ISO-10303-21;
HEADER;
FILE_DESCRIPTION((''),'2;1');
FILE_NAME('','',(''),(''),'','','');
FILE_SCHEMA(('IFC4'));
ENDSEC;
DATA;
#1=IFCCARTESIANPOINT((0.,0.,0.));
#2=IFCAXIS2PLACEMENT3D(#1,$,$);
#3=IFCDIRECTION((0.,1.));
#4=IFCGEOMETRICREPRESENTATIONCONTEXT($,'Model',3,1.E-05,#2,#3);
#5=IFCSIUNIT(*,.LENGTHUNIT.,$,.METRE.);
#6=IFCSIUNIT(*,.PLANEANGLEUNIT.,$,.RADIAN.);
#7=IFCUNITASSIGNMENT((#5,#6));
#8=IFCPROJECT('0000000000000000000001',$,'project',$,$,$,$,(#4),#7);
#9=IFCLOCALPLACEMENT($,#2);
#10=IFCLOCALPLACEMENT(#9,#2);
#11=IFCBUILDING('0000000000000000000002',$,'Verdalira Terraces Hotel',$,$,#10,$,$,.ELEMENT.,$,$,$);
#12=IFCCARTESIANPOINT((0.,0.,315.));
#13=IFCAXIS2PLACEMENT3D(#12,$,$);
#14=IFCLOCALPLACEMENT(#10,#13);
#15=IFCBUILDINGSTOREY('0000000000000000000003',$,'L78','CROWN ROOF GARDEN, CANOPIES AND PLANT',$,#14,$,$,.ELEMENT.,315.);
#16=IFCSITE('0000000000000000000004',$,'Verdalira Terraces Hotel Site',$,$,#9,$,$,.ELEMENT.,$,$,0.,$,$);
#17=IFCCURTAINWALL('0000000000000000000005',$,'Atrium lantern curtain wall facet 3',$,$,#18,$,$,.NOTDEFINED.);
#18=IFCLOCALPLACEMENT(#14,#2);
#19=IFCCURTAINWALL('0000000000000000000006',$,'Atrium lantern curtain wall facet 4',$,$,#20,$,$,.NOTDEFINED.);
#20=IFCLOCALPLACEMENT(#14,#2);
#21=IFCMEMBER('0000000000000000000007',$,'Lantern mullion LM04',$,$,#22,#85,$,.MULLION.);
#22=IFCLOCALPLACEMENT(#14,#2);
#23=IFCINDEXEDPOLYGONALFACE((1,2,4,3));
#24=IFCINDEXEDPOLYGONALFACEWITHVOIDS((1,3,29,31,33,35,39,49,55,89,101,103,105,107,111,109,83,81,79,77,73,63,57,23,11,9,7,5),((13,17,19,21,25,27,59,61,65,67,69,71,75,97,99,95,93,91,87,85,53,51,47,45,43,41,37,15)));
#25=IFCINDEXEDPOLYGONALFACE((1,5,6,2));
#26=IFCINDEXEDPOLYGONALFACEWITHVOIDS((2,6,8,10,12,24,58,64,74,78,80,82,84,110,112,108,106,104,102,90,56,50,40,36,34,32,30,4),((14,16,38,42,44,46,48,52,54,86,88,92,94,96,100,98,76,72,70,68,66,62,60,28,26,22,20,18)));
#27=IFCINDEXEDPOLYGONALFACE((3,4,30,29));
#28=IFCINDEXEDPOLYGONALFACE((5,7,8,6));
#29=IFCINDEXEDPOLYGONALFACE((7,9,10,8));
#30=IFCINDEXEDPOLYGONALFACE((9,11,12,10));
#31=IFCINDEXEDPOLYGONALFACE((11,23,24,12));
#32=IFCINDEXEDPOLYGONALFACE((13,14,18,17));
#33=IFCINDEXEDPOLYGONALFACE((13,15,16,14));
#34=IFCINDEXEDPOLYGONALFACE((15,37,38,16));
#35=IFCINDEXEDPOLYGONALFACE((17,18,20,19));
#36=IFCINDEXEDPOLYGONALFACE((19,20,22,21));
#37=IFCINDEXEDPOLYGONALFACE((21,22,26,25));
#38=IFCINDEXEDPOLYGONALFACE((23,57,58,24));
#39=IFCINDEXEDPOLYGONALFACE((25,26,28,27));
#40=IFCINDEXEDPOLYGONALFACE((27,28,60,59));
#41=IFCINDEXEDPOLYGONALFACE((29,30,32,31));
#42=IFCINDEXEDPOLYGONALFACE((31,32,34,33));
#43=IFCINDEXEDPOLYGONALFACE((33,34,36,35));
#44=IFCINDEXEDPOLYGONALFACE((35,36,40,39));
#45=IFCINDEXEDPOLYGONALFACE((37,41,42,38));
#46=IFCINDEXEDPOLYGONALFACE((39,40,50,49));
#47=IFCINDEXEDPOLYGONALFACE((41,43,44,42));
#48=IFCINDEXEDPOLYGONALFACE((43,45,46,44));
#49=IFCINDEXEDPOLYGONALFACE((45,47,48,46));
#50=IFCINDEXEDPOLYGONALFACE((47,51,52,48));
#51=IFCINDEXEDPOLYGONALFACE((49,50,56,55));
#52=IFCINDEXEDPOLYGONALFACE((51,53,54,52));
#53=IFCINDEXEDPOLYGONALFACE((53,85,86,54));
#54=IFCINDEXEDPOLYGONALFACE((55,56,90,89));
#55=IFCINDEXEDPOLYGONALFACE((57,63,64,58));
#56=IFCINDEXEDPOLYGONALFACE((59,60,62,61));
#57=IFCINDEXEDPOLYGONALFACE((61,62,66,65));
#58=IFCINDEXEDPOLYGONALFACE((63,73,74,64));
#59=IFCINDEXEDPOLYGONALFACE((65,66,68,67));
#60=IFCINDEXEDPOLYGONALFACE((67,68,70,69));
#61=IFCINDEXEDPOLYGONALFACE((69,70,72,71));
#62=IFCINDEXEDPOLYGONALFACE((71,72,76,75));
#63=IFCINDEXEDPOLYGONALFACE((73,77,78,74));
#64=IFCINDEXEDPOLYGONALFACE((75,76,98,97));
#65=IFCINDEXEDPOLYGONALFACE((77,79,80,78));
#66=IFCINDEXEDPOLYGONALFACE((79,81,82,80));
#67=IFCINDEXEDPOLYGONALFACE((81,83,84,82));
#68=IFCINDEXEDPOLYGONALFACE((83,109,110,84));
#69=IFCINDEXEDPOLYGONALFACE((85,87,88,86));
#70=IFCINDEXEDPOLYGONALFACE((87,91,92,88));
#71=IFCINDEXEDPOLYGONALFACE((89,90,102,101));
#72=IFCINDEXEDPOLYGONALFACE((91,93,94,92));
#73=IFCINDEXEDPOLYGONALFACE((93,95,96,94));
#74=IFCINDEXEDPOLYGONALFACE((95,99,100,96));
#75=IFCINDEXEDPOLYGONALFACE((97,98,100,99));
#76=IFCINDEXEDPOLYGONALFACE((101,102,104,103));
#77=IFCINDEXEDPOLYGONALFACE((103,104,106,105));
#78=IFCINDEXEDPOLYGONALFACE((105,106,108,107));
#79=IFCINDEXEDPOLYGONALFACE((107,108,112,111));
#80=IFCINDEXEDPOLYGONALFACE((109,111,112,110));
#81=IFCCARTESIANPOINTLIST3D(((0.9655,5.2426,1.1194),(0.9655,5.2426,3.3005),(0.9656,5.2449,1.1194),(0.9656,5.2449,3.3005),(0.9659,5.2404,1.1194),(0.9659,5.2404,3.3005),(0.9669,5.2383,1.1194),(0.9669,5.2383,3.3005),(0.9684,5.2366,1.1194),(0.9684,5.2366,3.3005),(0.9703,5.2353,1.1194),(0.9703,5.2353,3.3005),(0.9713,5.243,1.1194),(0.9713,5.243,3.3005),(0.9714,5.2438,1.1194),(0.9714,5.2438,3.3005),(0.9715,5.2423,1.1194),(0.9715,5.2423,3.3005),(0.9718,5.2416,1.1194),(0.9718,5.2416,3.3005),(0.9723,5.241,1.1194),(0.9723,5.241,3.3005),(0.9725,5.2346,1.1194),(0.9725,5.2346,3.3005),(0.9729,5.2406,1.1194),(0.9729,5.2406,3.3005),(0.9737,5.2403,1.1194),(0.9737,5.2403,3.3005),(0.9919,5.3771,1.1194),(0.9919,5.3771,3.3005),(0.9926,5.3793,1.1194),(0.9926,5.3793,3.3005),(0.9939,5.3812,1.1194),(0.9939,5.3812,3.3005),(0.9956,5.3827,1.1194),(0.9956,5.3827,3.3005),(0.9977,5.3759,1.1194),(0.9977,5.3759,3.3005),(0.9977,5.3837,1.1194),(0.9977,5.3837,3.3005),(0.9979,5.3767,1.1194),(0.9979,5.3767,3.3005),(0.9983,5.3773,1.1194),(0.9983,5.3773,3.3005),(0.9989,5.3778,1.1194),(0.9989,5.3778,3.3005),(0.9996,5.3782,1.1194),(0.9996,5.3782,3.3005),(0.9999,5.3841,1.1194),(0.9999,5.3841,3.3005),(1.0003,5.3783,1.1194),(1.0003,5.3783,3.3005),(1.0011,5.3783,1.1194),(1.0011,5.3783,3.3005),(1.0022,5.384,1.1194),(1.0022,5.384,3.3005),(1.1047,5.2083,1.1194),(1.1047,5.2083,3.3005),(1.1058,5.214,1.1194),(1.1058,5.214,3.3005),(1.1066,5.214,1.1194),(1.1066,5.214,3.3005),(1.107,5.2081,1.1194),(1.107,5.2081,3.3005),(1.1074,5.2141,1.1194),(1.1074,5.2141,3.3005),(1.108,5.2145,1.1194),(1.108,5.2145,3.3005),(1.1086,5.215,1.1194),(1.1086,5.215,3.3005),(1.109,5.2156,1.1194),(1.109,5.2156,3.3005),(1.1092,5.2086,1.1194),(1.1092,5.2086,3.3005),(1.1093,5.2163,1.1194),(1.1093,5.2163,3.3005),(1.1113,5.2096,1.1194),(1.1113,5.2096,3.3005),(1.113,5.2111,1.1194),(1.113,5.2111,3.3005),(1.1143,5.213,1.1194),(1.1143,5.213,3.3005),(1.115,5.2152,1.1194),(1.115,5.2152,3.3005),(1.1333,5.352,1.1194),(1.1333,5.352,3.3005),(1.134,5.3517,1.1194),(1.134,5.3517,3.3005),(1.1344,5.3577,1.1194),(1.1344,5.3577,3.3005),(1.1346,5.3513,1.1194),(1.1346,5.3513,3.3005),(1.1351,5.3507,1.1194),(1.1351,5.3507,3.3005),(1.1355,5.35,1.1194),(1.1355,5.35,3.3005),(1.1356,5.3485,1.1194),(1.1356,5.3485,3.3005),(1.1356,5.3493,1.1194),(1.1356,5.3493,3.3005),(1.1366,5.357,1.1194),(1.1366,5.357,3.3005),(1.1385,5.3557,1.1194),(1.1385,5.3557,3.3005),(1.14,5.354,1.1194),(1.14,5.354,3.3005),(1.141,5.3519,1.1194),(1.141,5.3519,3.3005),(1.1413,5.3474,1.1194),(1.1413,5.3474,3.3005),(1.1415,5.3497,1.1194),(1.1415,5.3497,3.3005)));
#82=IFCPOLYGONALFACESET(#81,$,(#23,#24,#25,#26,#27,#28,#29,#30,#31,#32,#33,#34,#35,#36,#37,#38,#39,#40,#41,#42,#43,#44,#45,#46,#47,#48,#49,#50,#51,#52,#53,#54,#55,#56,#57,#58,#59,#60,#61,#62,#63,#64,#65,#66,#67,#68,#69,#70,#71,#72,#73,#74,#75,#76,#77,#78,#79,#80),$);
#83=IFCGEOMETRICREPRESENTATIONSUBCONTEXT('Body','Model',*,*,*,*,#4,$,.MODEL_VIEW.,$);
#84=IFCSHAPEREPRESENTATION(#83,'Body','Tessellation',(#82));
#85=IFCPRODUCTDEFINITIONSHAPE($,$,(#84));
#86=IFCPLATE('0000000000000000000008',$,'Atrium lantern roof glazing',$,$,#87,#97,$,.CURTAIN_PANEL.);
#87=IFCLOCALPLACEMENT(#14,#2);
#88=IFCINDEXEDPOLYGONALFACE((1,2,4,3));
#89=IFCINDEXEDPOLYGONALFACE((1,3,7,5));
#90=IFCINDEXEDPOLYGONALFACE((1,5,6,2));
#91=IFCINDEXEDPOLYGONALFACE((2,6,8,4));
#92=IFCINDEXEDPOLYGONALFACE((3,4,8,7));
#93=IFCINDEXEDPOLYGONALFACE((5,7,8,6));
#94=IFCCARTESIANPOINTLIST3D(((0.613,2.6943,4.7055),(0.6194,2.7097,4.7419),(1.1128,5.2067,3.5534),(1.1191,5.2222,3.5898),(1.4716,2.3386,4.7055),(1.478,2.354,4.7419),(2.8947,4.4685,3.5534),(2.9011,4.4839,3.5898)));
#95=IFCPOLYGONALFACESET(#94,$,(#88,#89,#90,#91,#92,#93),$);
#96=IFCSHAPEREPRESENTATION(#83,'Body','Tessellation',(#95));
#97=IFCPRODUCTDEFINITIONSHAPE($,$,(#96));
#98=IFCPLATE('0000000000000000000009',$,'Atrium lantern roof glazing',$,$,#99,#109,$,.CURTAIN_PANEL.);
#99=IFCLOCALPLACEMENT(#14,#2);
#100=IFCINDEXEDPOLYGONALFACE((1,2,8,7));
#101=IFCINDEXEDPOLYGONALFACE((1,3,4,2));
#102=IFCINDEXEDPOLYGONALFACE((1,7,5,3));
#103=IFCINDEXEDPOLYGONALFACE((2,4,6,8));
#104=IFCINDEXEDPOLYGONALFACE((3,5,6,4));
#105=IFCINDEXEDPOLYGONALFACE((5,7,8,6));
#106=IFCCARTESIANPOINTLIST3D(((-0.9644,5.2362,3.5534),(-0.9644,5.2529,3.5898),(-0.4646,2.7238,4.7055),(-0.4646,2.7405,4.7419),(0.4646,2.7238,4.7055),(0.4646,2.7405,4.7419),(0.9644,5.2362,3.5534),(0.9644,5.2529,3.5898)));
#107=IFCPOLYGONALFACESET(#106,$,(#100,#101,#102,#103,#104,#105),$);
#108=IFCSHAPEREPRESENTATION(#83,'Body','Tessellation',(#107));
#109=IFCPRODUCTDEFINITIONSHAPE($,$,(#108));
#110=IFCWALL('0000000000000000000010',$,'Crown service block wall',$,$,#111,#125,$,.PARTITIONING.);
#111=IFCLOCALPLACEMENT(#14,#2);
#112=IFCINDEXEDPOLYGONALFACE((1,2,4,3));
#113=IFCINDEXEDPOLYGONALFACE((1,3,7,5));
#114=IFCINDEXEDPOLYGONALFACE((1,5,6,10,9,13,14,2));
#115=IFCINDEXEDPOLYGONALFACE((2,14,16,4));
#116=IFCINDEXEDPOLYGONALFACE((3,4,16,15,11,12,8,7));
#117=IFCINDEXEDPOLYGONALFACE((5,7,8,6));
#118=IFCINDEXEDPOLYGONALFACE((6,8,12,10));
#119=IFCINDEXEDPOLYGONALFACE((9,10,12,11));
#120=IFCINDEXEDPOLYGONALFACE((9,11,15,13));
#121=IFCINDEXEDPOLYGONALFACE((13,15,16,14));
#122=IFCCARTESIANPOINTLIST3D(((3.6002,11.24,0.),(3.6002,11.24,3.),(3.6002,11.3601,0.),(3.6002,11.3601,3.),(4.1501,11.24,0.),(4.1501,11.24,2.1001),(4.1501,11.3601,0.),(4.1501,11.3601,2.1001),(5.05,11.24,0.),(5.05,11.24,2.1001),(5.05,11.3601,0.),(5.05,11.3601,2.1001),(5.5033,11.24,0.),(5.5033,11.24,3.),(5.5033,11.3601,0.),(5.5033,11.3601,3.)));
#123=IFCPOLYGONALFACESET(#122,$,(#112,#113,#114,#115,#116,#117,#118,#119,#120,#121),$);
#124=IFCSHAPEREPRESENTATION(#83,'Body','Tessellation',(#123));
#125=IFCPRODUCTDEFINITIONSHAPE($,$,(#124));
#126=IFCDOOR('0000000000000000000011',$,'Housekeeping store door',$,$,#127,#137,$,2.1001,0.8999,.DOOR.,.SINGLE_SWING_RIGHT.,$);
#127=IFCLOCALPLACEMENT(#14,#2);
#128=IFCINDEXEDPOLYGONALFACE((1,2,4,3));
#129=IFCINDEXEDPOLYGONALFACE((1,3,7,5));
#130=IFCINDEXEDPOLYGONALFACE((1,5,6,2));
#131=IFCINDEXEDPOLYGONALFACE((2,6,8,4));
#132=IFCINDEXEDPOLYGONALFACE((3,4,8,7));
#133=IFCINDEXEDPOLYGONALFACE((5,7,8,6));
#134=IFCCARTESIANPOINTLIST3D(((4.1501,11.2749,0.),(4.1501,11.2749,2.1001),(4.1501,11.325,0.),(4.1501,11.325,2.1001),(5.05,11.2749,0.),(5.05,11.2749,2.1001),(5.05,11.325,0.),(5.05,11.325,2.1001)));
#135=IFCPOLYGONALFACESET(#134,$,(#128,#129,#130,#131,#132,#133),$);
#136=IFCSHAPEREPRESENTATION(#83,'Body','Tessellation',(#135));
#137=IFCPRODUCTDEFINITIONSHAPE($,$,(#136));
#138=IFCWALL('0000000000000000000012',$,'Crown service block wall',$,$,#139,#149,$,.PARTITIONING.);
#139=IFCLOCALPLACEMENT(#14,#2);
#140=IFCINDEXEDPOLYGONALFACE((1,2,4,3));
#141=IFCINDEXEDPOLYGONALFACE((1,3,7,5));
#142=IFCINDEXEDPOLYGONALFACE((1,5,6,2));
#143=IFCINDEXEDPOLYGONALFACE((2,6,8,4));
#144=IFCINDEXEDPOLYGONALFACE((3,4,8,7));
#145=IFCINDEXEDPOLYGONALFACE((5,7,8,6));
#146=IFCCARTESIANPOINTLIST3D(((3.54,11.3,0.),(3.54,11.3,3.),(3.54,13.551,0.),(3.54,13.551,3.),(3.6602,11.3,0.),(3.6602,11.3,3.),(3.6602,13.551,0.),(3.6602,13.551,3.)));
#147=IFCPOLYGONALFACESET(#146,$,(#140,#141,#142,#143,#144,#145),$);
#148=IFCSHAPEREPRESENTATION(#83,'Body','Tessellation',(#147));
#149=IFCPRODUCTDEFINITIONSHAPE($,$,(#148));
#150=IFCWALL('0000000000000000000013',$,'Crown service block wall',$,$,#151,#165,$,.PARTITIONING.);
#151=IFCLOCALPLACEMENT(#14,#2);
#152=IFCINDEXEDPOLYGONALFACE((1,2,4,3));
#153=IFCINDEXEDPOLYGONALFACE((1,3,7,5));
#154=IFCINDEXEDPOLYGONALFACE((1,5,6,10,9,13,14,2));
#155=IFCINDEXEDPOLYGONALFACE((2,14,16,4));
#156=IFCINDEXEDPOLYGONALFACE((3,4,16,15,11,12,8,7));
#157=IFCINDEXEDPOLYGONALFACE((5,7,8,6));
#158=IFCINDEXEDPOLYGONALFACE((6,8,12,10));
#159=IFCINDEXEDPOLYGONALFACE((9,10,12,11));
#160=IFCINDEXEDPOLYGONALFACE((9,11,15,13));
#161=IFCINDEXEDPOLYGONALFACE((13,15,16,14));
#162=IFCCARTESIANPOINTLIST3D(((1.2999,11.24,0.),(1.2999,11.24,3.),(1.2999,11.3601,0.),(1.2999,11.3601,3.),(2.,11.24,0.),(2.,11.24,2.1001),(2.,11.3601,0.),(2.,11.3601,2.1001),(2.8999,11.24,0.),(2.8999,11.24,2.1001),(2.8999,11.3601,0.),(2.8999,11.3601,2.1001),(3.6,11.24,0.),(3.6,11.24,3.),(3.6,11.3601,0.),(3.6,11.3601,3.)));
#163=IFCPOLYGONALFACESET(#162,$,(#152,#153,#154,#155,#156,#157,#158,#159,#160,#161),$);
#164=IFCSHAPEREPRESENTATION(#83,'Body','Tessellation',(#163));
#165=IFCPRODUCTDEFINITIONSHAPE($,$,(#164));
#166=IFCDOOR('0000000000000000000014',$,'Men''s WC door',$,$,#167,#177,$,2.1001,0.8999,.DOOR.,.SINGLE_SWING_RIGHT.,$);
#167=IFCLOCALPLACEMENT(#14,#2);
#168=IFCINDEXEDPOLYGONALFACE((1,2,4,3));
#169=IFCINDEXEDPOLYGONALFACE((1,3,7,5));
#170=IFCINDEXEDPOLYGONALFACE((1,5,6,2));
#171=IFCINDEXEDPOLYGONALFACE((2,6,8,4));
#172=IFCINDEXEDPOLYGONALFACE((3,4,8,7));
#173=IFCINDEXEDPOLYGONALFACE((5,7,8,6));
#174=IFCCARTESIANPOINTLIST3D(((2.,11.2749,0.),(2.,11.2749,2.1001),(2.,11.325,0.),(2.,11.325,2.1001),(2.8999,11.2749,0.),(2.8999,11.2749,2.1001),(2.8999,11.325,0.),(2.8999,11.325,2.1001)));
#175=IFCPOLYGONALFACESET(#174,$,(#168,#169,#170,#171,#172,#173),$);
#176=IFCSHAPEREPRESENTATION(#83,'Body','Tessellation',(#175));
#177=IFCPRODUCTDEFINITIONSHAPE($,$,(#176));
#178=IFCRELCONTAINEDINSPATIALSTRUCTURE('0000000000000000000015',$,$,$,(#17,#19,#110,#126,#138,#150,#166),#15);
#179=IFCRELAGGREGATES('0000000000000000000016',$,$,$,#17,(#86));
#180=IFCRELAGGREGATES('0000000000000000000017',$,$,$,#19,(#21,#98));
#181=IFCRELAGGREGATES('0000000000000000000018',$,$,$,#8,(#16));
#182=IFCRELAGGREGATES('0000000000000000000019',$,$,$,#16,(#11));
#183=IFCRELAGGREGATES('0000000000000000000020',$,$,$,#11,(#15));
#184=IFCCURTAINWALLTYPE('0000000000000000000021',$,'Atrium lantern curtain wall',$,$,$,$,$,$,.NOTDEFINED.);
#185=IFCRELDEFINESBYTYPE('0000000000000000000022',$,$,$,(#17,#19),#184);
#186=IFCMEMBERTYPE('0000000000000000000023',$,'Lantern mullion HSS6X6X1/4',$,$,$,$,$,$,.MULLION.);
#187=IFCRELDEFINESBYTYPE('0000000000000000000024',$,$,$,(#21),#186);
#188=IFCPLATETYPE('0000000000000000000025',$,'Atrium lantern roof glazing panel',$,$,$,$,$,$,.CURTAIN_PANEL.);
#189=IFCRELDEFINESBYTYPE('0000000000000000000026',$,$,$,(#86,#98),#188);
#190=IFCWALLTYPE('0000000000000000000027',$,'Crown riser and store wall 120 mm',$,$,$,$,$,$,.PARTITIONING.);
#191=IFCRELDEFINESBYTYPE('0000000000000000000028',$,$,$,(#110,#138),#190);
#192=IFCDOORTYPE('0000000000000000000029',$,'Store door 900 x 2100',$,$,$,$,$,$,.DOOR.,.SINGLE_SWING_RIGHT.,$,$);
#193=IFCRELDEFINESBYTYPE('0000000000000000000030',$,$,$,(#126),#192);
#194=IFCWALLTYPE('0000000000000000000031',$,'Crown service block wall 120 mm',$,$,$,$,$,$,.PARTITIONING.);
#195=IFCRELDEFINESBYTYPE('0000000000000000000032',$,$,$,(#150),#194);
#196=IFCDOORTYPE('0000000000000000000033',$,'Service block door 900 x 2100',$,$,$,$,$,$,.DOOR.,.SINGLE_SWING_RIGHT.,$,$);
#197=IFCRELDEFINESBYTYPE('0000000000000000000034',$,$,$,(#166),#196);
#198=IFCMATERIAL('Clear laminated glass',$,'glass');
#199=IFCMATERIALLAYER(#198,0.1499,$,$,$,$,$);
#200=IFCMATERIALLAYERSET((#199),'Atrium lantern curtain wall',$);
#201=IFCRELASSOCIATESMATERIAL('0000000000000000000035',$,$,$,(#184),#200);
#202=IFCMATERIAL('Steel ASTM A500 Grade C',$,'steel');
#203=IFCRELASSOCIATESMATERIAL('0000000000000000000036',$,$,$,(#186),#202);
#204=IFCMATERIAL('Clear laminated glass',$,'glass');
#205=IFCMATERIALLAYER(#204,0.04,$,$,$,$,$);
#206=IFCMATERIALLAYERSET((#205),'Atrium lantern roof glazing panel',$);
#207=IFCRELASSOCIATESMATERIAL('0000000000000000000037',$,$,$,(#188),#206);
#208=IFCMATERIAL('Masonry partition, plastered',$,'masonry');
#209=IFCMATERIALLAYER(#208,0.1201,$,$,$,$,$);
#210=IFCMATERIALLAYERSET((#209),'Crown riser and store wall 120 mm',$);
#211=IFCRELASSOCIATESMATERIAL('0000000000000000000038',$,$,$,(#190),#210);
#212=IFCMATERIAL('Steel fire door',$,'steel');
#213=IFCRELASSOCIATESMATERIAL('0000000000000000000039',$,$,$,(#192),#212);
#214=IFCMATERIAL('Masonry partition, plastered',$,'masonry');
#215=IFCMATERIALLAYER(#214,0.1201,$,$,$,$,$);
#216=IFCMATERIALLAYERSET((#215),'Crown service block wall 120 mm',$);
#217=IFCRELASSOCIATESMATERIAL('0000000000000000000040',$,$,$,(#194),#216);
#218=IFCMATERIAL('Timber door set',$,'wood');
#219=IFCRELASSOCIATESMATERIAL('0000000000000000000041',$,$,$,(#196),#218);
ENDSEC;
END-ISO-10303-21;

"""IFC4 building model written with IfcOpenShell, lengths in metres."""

from ifc_helpers import new_model, si_unit, direction, frame, frame_2d, origin, origin_2d, place, context, subcontext, project, spatial, polyline, rectangle, hollow_rectangle, outline, extrude, material, layer, layer_set, material_profile, profile_set, type_object, element, fill, aggregate, save


model = new_model("IFC4")

# Units and contexts
model_context = context("Model", 3, precision=1e-05, world=origin(), true_north=direction((0.0, 1.0)))
body_context = subcontext(model_context, "Body", "Model", "MODEL_VIEW")
ifc_project = project(units=[si_unit("LENGTHUNIT", "METRE"), si_unit("PLANEANGLEUNIT", "RADIAN")], contexts=[model_context])

# Site, building, storey
site_placement = place(None, origin())
site = spatial("IfcSite", under=ifc_project, at=site_placement, Name="Verdalira Terraces Hotel Site", CompositionType="ELEMENT", RefElevation=0.0)
building_placement = place(site_placement, origin())
building = spatial("IfcBuilding", under=site, at=building_placement, Name="Verdalira Terraces Hotel", CompositionType="ELEMENT")
storey_placement = place(building_placement, frame((0.0, 0.0, 315.0)))
storey = spatial("IfcBuildingStorey", under=building, at=storey_placement, Name="L78", Description="CROWN ROOF GARDEN, CANOPIES AND PLANT", CompositionType="ELEMENT", Elevation=315.0)

# Curtain walls
ifc_material_1 = material(Name="Clear laminated glass", Category="glass")
ifc_layer_1 = layer(ifc_material_1, 0.1499)
ifc_layer_set_1 = layer_set([ifc_layer_1], Name="Atrium lantern curtain wall")
curtain_wall_type = type_object("IfcCurtainWallType", Name="Atrium lantern curtain wall", PredefinedType="NOTDEFINED", material=ifc_layer_set_1)
curtain_wall_1_placement = place(storey_placement, origin())
curtain_wall_1 = element("IfcCurtainWall", 1, at=curtain_wall_1_placement, inside=storey, type_object=curtain_wall_type, Name="Atrium lantern curtain wall facet 3", PredefinedType="NOTDEFINED")
curtain_wall_2_placement = place(storey_placement, origin())
curtain_wall_2 = element("IfcCurtainWall", 2, at=curtain_wall_2_placement, inside=storey, type_object=curtain_wall_type, Name="Atrium lantern curtain wall facet 4", PredefinedType="NOTDEFINED")

# Member
ifc_material_2 = material(Name="Steel ASTM A500 Grade C", Category="steel")
ifc_material_profile_1 = material_profile(ifc_material_2, hollow_rectangle(XDim=0.1523, YDim=0.1523, WallThickness=0.0059, InnerFilletRadius=0.0029, OuterFilletRadius=0.0088, at=origin_2d()), Name="HSS6X6X1/4")
ifc_profile_set_1 = profile_set([ifc_material_profile_1], Name="Steel ASTM A500 Grade C")
member_type_1 = type_object("IfcMemberType", Name="Lantern mullion HSS6X6X1/4", PredefinedType="MULLION", material=ifc_profile_set_1)
member_1_placement = place(storey_placement, frame((1.0535, 5.2961, 1.1194), z_axis=(0.0, 0.0, 1.0), x_axis=(0.19509, 0.980785, 0.0)))
member_1 = element("IfcMember", 3, at=member_1_placement, type_object=member_type_1, Name="Lantern mullion LM04", PredefinedType="MULLION", context=body_context, shape_type="SweptSolid", body=[
    extrude(hollow_rectangle(XDim=0.1523, YDim=0.1523, WallThickness=0.0059, InnerFilletRadius=0.0029, OuterFilletRadius=0.0088, at=origin_2d()), origin(), (0.0, 0.0, 1.0), 2.1812),
])

# Plates
ifc_material_3 = material(Name="Clear laminated glass", Category="glass")
ifc_layer_2 = layer(ifc_material_3, 0.04)
ifc_layer_set_2 = layer_set([ifc_layer_2], Name="Atrium lantern roof glazing panel")
plate_type = type_object("IfcPlateType", Name="Atrium lantern roof glazing panel", PredefinedType="CURTAIN_PANEL", material=ifc_layer_set_2)
plate_1_placement = place(storey_placement, frame((2.9011, 4.4839, 3.5898), z_axis=(0.15954, 0.385089, 0.908985), x_axis=(-0.923851, 0.382753, -0.000003)))
plate_1 = element("IfcPlate", 4, at=plate_1_placement, type_object=plate_type, Name="Atrium lantern roof glazing", PredefinedType="CURTAIN_PANEL", context=body_context, shape_type="SweptSolid", body=[
    extrude(outline(polyline([(0.0, 0.0), (1.9289, 0.0), (1.4289, 2.764), (0.4995, 2.764), (0.0, 0.0)])), origin(), (0.0, 0.0, -1.0), 0.04),
])
plate_2_placement = place(storey_placement, frame((0.9644, 5.2529, 3.5898), z_axis=(0.0, 0.416822, 0.908988), x_axis=(-1.0, 0.0, 0.0)))
plate_2 = element("IfcPlate", 5, at=plate_2_placement, type_object=plate_type, Name="Atrium lantern roof glazing", PredefinedType="CURTAIN_PANEL", context=body_context, shape_type="SweptSolid", body=[
    extrude(outline(polyline([(0.0, 0.0), (1.9287, 0.0), (1.429, 2.764), (0.4998, 2.764), (0.0, 0.0)])), origin(), (0.0, 0.0, -1.0), 0.04),
])

# Wall, opening, door
ifc_material_4 = material(Name="Masonry partition, plastered", Category="masonry")
ifc_layer_3 = layer(ifc_material_4, 0.1201)
ifc_layer_set_3 = layer_set([ifc_layer_3], Name="Crown riser and store wall 120 mm")
wall_type_1 = type_object("IfcWallType", Name="Crown riser and store wall 120 mm", PredefinedType="PARTITIONING", material=ifc_layer_set_3)
wall_1_placement = place(storey_placement, frame((3.6001, 11.3, 0.0), z_axis=(0.0, 0.0, 1.0), x_axis=(1.0, 0.0, 0.0)))
wall_1 = element("IfcWall", 6, at=wall_1_placement, inside=storey, type_object=wall_type_1, Name="Crown service block wall", PredefinedType="PARTITIONING", context=body_context, shape_type="SweptSolid", body=[
    extrude(rectangle(XDim=1.9031, YDim=0.1201, at=frame_2d((0.9517, 0.0))), origin(), (0.0, 0.0, 1.0), 3.0),
])
opening_1_placement = place(wall_1_placement, frame((0.55, 0.0, 0.0)))
opening_1 = element("IfcOpeningElement", 7, at=opening_1_placement, cuts=wall_1, PredefinedType="OPENING", context=body_context, shape_type="SweptSolid", body=[
    extrude(rectangle(XDim=0.8999, YDim=2.1001, at=frame_2d((0.45, 1.05))), frame((0.0, 0.0701, 0.0), z_axis=(0.0, -1.0, 0.0), x_axis=(1.0, 0.0, 0.0)), (0.0, 0.0, 1.0), 0.1401),
])
ifc_material_5 = material(Name="Steel fire door", Category="steel")
door_type_1 = type_object("IfcDoorType", Name="Store door 900 x 2100", OperationType="SINGLE_SWING_RIGHT", PredefinedType="DOOR", material=ifc_material_5)
door_1_placement = place(opening_1_placement, origin())
door_1 = element("IfcDoor", 8, at=door_1_placement, inside=storey, type_object=door_type_1, Name="Housekeeping store door", OperationType="SINGLE_SWING_RIGHT", OverallHeight=2.1001, OverallWidth=0.8999, PredefinedType="DOOR", context=body_context, shape_type="SweptSolid", body=[
    extrude(rectangle(XDim=0.8999, YDim=2.1001, at=frame_2d((0.45, 1.05))), frame((0.0, 0.0249, 0.0), z_axis=(0.0, -1.0, 0.0), x_axis=(1.0, 0.0, 0.0)), (0.0, 0.0, 1.0), 0.05),
])
fill(opening_1, door_1)

# Wall
wall_2_placement = place(storey_placement, frame((3.6001, 11.3, 0.0), z_axis=(0.0, 0.0, 1.0), x_axis=(0.0, 1.0, 0.0)))
element("IfcWall", 9, at=wall_2_placement, inside=storey, type_object=wall_type_1, Name="Crown service block wall", PredefinedType="PARTITIONING", context=body_context, shape_type="SweptSolid", body=[
    extrude(rectangle(XDim=2.251, YDim=0.1201, at=frame_2d((1.1255, 0.0))), origin(), (0.0, 0.0, 1.0), 3.0),
])

# Wall, opening, door
ifc_material_6 = material(Name="Masonry partition, plastered", Category="masonry")
ifc_layer_4 = layer(ifc_material_6, 0.1201)
ifc_layer_set_4 = layer_set([ifc_layer_4], Name="Crown service block wall 120 mm")
wall_type_2 = type_object("IfcWallType", Name="Crown service block wall 120 mm", PredefinedType="PARTITIONING", material=ifc_layer_set_4)
wall_3_placement = place(storey_placement, frame((1.3, 11.3, 0.0), z_axis=(0.0, 0.0, 1.0), x_axis=(1.0, 0.0, 0.0)))
wall_3 = element("IfcWall", 10, at=wall_3_placement, inside=storey, type_object=wall_type_2, Name="Crown service block wall", PredefinedType="PARTITIONING", context=body_context, shape_type="SweptSolid", body=[
    extrude(rectangle(XDim=2.3, YDim=0.1201, at=frame_2d((1.1499, 0.0))), origin(), (0.0, 0.0, 1.0), 3.0),
])
opening_2_placement = place(wall_3_placement, frame((0.7, 0.0, 0.0)))
opening_2 = element("IfcOpeningElement", 11, at=opening_2_placement, cuts=wall_3, PredefinedType="OPENING", context=body_context, shape_type="SweptSolid", body=[
    extrude(rectangle(XDim=0.8999, YDim=2.1001, at=frame_2d((0.45, 1.05))), frame((0.0, 0.0701, 0.0), z_axis=(0.0, -1.0, 0.0), x_axis=(1.0, 0.0, 0.0)), (0.0, 0.0, 1.0), 0.1401),
])
ifc_material_7 = material(Name="Timber door set", Category="wood")
door_type_2 = type_object("IfcDoorType", Name="Service block door 900 x 2100", OperationType="SINGLE_SWING_RIGHT", PredefinedType="DOOR", material=ifc_material_7)
door_2_placement = place(opening_2_placement, origin())
door_2 = element("IfcDoor", 12, at=door_2_placement, inside=storey, type_object=door_type_2, Name="Men's WC door", OperationType="SINGLE_SWING_RIGHT", OverallHeight=2.1001, OverallWidth=0.8999, PredefinedType="DOOR", context=body_context, shape_type="SweptSolid", body=[
    extrude(rectangle(XDim=0.8999, YDim=2.1001, at=frame_2d((0.45, 1.05))), frame((0.0, 0.0249, 0.0), z_axis=(0.0, -1.0, 0.0), x_axis=(1.0, 0.0, 0.0)), (0.0, 0.0, 1.0), 0.05),
])
fill(opening_2, door_2)

aggregate(curtain_wall_1, [plate_1])
aggregate(curtain_wall_2, [member_1, plate_2])

save(model, "model.ifc")
